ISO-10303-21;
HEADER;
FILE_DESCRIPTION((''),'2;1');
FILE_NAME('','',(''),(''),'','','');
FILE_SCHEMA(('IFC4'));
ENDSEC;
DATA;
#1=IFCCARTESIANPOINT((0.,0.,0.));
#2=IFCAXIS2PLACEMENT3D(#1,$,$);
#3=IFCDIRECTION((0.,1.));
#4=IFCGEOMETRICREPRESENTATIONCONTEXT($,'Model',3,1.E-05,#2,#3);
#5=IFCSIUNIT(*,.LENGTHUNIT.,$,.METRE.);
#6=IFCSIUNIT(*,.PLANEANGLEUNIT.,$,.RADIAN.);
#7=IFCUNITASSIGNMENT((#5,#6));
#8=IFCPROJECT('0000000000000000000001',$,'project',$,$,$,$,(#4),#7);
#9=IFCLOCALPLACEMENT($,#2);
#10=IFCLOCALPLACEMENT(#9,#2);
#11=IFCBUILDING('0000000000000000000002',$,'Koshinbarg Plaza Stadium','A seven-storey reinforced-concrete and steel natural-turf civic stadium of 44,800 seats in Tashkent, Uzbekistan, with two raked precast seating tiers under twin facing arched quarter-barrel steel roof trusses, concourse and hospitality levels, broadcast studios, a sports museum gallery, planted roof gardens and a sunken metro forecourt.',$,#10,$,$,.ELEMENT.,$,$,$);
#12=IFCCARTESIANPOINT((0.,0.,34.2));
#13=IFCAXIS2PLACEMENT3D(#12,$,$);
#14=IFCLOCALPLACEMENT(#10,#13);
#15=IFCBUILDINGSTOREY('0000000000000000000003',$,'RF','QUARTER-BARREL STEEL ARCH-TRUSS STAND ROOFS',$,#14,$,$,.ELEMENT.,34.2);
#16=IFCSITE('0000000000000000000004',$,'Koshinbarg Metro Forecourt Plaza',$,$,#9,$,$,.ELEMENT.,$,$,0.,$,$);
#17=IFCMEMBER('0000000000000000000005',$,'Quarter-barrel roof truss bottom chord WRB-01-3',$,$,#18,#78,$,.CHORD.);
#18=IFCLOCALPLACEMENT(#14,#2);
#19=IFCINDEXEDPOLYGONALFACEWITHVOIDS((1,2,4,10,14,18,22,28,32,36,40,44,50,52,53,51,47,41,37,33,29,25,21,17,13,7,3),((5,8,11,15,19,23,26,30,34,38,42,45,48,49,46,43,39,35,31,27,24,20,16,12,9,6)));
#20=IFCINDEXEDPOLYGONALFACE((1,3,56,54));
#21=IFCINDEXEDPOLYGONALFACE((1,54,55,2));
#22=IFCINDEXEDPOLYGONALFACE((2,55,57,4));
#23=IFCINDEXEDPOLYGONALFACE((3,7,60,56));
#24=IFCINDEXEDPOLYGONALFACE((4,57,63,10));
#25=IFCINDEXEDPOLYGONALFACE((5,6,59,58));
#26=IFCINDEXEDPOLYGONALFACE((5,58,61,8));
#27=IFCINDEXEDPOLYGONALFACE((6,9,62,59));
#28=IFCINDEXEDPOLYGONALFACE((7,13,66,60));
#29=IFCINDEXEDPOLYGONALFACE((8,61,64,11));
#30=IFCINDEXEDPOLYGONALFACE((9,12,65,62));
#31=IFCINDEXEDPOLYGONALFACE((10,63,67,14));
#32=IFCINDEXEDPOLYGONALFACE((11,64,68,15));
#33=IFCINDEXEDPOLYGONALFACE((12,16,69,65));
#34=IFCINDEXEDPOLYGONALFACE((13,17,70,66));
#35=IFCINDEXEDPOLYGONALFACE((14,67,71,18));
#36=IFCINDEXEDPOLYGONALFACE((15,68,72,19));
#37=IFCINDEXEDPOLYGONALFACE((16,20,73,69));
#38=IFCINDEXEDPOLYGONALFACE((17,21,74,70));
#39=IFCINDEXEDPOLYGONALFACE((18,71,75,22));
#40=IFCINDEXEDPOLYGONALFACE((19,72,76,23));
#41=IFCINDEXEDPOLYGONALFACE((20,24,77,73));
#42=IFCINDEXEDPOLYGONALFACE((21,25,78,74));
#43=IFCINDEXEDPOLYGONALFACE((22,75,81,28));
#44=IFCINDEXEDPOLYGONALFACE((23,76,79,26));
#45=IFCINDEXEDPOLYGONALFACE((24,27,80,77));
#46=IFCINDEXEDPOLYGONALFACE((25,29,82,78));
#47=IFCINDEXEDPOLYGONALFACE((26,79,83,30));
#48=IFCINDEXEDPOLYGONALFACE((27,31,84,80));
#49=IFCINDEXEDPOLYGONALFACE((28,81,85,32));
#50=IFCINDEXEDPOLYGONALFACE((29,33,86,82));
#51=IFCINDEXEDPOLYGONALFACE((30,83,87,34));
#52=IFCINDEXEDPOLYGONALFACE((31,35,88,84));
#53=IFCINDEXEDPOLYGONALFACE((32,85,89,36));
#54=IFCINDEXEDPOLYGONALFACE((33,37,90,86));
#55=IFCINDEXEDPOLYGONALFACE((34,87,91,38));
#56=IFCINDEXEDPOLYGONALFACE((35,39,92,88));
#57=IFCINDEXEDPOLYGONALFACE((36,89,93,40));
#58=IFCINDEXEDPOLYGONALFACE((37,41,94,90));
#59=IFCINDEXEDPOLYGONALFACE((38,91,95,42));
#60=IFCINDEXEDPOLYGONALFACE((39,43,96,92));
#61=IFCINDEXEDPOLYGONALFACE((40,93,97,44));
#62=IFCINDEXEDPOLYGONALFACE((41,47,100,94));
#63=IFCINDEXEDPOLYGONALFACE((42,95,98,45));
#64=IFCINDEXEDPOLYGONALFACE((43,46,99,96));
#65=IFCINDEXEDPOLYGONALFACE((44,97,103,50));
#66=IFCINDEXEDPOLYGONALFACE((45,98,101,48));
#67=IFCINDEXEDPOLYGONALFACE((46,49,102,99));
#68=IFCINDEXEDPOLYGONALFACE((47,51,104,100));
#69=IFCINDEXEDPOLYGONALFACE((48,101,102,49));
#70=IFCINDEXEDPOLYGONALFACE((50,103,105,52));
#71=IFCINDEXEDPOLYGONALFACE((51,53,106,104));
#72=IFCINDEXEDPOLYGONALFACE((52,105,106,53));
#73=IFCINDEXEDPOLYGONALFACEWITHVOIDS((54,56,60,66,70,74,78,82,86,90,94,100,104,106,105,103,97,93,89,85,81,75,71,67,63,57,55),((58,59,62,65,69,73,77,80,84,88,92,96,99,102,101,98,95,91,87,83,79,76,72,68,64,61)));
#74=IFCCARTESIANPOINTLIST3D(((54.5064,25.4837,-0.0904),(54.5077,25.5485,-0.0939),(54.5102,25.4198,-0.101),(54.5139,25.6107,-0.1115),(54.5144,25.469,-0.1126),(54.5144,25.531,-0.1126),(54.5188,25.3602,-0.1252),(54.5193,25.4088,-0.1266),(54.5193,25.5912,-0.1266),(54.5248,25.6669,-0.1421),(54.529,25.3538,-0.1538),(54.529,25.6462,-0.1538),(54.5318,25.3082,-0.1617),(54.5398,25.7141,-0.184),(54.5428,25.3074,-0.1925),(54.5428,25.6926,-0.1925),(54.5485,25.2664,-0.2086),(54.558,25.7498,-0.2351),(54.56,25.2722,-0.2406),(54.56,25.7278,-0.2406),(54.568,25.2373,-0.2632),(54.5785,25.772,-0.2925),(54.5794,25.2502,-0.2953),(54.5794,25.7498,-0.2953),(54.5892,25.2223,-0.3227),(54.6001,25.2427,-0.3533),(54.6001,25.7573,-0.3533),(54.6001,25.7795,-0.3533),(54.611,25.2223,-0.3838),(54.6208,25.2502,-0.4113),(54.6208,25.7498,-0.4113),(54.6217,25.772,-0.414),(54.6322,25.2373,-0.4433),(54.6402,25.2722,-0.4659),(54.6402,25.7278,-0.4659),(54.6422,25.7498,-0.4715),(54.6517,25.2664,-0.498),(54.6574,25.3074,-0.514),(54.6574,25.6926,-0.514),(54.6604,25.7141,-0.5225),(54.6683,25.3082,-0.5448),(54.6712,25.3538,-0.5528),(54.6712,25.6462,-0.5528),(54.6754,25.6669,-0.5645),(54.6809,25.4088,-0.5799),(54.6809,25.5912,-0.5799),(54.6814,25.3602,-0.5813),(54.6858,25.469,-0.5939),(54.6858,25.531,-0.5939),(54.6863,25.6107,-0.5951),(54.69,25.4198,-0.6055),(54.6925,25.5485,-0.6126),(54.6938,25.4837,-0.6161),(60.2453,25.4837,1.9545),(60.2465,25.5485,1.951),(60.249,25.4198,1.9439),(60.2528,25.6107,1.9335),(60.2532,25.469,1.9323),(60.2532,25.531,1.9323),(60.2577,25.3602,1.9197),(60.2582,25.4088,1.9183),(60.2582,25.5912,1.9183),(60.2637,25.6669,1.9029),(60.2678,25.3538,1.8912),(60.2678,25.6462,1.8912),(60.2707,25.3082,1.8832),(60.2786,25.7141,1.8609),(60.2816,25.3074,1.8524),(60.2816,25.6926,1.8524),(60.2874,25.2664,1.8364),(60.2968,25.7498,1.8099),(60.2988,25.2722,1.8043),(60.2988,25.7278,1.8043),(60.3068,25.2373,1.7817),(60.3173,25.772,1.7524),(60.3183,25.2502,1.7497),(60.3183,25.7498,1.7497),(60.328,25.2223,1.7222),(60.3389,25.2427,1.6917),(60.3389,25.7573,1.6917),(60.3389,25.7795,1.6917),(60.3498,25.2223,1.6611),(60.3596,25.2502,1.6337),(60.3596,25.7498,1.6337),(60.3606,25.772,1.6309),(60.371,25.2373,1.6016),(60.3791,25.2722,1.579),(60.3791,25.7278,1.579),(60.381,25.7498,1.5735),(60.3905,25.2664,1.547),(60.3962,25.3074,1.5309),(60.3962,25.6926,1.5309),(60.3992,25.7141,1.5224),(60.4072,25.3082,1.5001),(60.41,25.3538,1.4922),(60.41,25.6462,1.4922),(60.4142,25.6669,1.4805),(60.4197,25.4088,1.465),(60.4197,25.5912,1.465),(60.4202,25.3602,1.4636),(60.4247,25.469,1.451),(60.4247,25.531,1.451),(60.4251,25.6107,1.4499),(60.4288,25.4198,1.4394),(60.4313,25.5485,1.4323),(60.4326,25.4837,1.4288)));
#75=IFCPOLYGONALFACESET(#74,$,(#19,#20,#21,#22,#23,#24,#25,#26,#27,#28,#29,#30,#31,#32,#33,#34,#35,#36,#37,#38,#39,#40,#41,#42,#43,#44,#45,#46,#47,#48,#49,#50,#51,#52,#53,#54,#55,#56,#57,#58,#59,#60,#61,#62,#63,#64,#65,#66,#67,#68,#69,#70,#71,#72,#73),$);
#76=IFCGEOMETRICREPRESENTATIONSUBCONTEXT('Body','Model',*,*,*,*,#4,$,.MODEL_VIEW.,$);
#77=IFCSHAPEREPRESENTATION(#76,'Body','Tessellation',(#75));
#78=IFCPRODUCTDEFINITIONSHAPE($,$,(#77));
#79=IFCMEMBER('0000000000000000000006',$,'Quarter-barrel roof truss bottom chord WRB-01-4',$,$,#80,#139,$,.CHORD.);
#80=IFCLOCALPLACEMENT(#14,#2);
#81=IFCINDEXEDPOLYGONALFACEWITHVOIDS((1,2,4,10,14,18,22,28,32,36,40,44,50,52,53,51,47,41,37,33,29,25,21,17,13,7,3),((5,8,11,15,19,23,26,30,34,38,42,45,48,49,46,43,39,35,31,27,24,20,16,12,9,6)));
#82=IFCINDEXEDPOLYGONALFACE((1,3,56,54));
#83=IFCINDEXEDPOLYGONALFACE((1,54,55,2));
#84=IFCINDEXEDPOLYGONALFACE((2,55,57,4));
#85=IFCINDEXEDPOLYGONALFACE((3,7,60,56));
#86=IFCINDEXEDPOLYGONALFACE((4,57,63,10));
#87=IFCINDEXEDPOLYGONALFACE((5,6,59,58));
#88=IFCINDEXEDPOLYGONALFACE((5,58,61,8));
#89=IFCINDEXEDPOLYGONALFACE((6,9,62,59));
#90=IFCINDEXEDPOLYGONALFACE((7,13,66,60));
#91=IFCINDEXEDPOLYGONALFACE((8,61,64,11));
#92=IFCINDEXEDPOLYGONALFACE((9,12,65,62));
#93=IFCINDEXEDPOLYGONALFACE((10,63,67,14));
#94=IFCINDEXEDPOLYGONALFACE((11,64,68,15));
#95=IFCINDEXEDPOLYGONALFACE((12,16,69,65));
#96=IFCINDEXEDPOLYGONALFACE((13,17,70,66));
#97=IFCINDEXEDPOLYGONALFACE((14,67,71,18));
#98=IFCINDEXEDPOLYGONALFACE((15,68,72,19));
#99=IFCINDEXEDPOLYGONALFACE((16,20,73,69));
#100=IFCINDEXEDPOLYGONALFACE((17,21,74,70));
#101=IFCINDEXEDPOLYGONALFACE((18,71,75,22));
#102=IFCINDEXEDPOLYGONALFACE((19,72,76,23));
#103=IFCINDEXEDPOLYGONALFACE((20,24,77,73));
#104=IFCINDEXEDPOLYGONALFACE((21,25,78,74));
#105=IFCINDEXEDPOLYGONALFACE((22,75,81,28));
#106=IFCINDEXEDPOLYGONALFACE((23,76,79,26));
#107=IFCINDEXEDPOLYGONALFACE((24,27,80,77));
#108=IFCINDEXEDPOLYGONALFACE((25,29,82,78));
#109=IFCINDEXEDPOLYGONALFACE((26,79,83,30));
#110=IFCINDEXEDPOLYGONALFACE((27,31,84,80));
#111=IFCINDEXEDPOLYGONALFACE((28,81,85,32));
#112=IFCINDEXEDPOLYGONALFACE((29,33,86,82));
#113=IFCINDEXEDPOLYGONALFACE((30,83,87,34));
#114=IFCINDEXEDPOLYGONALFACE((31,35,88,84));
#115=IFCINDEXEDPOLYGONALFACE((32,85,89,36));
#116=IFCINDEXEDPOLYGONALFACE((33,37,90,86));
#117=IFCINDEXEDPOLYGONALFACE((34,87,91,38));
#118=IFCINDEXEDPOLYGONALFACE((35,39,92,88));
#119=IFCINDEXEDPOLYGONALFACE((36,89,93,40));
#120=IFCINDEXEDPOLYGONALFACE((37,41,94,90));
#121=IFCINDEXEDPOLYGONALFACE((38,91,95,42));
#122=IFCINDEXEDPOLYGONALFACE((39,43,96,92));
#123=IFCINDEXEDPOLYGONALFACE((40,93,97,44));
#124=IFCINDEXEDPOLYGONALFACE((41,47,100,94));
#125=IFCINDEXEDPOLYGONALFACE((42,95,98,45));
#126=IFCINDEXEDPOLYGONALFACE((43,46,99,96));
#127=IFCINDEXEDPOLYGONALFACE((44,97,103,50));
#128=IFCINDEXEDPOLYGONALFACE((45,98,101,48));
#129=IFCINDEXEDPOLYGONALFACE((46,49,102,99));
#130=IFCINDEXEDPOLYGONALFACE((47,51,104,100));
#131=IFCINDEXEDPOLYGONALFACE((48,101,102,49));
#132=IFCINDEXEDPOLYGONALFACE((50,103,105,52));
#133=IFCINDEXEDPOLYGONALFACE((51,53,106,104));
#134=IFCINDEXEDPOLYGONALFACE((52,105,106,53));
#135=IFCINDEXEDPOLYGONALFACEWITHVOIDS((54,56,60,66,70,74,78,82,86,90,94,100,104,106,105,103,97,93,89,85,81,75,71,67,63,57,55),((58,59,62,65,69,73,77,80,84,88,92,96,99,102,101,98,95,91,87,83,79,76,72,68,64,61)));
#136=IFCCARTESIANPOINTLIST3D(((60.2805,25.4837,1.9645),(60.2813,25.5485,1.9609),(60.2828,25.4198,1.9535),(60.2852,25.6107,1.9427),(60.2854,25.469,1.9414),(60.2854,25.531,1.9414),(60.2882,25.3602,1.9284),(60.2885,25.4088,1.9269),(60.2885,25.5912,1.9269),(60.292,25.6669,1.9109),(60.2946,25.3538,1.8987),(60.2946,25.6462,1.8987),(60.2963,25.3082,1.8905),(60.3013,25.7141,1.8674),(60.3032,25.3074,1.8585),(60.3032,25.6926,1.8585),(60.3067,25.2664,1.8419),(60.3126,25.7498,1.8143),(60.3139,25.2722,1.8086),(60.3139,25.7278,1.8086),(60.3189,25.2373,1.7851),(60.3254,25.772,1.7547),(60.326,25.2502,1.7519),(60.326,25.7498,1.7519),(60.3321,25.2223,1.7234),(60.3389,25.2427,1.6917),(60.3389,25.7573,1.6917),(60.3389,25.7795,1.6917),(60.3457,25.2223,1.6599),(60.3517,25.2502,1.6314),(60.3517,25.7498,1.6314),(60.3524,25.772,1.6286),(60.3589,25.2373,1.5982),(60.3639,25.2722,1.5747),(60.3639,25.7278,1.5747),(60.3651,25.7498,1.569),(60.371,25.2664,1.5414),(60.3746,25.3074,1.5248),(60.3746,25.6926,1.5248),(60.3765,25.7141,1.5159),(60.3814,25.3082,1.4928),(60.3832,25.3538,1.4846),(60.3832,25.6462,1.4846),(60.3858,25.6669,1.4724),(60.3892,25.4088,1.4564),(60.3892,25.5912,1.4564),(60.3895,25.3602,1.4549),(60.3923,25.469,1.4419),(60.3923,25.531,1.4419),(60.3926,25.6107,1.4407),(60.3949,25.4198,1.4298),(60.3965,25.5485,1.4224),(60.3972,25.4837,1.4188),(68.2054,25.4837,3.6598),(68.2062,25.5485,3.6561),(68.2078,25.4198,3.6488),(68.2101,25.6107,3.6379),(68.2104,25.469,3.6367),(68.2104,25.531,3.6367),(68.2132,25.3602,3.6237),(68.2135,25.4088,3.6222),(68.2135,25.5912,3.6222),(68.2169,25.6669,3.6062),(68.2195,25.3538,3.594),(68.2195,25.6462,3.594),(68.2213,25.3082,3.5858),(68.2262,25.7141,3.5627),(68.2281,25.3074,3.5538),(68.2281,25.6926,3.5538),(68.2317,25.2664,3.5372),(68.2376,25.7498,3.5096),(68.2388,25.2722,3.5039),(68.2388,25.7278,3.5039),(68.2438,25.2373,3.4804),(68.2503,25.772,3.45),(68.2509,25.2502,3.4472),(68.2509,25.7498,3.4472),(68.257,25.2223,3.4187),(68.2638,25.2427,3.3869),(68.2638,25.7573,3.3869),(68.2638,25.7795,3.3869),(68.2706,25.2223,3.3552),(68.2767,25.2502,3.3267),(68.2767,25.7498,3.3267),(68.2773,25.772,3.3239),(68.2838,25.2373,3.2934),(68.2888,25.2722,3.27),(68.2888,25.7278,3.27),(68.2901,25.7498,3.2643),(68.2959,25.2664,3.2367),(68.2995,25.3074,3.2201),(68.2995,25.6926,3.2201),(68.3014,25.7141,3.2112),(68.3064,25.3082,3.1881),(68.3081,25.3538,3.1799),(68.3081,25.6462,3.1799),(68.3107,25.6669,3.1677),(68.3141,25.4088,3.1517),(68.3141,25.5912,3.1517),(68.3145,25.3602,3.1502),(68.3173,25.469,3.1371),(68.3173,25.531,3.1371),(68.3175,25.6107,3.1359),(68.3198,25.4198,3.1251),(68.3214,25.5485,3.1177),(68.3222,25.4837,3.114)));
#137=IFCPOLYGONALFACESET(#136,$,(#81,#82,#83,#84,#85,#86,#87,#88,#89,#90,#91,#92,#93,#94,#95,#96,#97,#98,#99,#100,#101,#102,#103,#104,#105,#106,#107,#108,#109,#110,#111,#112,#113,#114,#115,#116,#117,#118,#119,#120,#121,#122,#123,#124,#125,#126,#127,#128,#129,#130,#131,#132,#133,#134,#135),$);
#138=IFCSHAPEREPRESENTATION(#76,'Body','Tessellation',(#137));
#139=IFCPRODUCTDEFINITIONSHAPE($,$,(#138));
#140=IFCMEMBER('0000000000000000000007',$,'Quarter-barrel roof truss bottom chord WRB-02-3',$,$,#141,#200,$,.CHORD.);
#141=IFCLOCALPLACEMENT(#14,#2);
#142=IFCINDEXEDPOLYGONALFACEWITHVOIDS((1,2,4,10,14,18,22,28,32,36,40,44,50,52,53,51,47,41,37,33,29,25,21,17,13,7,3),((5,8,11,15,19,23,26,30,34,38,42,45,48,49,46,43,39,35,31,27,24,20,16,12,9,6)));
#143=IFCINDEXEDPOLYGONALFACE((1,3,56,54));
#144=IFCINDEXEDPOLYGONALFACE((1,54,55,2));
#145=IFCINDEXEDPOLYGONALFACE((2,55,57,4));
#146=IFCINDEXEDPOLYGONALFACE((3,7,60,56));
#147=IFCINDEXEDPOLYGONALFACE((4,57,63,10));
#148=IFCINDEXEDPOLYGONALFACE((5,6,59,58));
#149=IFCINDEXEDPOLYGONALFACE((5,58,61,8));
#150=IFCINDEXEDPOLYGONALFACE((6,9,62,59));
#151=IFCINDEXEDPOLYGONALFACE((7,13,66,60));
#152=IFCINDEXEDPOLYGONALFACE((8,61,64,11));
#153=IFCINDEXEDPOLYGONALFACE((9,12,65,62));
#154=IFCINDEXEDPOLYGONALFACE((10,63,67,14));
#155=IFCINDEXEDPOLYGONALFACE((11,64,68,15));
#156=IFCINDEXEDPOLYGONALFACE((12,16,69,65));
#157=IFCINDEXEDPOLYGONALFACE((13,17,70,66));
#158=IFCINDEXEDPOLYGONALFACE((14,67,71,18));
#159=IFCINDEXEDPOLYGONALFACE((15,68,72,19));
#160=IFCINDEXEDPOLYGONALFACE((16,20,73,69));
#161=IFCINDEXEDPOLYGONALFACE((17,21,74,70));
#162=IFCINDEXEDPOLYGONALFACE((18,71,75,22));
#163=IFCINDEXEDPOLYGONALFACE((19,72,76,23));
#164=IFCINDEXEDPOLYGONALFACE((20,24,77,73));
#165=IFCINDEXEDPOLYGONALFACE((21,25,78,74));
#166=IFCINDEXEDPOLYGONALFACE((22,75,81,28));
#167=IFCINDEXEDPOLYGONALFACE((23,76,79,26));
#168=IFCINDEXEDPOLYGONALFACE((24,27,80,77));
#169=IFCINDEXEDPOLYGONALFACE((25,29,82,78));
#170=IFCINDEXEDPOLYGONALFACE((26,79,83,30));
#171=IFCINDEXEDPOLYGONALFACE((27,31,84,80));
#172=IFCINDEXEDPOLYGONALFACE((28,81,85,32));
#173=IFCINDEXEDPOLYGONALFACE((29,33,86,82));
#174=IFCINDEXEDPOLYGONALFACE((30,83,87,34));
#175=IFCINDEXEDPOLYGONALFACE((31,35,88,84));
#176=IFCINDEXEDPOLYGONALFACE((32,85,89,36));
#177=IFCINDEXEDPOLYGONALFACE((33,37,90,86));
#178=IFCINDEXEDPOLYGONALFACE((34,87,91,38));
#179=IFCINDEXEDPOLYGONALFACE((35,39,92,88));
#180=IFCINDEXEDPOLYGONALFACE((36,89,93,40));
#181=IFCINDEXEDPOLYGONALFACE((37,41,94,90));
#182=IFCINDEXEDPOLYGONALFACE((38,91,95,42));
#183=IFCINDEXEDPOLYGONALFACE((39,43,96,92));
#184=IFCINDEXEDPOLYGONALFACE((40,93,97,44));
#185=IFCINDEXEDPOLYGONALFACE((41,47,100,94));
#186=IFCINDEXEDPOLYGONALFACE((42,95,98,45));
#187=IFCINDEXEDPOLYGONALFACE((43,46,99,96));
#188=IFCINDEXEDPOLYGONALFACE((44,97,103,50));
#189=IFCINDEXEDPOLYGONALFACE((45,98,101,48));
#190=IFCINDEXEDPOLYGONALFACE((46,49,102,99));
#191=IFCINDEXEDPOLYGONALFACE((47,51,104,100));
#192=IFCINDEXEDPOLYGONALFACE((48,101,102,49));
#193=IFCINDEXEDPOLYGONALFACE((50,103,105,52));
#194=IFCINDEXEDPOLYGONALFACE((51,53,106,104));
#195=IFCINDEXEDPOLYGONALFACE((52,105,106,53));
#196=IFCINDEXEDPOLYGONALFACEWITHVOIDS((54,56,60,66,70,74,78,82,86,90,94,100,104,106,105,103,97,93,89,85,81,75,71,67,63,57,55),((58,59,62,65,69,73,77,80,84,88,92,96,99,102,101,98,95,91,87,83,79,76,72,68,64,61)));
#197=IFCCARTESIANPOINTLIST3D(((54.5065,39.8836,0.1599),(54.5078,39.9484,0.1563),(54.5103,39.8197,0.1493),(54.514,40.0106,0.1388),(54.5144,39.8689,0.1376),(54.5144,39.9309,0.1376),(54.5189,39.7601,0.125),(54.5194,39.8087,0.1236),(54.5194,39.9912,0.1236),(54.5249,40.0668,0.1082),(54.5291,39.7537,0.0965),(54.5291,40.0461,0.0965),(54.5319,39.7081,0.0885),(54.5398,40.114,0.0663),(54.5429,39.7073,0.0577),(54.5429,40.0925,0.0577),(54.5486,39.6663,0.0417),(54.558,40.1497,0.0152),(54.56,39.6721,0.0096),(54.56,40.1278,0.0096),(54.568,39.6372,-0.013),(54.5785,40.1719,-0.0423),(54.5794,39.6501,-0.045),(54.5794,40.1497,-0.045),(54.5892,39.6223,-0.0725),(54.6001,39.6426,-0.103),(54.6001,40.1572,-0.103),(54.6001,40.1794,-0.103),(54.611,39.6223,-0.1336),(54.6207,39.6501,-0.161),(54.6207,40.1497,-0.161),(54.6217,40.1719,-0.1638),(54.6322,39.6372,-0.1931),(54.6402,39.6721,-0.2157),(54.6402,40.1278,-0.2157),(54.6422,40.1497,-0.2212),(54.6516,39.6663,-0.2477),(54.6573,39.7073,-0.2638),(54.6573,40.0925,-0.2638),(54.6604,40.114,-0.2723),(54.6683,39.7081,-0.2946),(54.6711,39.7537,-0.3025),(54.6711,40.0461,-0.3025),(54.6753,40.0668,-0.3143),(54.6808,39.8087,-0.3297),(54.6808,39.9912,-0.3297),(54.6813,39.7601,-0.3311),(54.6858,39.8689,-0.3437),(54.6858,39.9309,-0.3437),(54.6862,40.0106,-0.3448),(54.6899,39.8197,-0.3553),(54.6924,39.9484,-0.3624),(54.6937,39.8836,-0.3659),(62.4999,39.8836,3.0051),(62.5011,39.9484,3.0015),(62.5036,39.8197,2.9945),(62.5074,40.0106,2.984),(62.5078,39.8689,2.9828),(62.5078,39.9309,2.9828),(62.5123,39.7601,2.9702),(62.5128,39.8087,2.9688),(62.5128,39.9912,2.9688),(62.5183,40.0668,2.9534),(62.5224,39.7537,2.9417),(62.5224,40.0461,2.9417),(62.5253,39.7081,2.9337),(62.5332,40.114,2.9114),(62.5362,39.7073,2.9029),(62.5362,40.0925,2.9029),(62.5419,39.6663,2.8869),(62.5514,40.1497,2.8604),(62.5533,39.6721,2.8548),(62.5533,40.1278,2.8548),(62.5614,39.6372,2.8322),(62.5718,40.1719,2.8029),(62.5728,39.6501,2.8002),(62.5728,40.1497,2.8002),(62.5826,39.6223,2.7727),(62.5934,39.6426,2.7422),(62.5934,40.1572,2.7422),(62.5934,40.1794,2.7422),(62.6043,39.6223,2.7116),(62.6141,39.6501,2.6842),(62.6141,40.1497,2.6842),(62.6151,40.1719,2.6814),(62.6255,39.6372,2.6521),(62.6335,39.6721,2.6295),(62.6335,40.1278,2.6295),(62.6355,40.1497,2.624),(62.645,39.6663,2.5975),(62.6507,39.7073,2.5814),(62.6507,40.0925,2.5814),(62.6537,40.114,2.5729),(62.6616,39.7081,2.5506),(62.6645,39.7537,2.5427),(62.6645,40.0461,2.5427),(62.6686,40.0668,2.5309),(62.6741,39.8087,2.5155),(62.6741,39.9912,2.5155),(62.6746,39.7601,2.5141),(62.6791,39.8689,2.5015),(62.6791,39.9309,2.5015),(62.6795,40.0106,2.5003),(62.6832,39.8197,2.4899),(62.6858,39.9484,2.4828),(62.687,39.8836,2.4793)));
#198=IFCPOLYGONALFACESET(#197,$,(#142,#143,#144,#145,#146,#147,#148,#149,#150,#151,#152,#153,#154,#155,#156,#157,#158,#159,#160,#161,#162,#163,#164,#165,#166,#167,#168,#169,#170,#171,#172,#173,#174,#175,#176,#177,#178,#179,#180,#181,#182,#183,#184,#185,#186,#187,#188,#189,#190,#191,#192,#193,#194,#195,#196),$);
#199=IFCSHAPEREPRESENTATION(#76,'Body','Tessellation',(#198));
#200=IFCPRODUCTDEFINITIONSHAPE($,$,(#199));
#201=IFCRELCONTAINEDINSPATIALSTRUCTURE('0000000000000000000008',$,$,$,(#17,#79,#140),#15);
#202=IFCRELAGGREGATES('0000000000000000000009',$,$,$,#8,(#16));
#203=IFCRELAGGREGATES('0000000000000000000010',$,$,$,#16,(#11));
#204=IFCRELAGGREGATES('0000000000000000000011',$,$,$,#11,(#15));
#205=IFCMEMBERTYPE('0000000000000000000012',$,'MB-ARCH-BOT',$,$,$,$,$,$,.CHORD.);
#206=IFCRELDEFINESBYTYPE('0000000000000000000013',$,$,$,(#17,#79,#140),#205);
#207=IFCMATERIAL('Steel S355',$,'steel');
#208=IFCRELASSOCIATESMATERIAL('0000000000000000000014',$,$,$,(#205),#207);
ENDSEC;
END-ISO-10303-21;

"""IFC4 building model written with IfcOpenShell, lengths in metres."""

from ifc_helpers import new_model, si_unit, direction, frame, origin, origin_2d, place, context, subcontext, project, spatial, hollow_circle, extrude, material, material_profile, profile_set, type_object, element, save


model = new_model("IFC4")

# Units and contexts
model_context = context("Model", 3, precision=1e-05, world=origin(), true_north=direction((0.0, 1.0)))
body_context = subcontext(model_context, "Body", "Model", "MODEL_VIEW")
ifc_project = project(units=[si_unit("LENGTHUNIT", "METRE"), si_unit("PLANEANGLEUNIT", "RADIAN")], contexts=[model_context])

# Site, building, storey
site_placement = place(None, origin())
site = spatial("IfcSite", under=ifc_project, at=site_placement, Name="Koshinbarg Metro Forecourt Plaza", CompositionType="ELEMENT", RefElevation=0.0)
building_placement = place(site_placement, origin())
building = spatial("IfcBuilding", under=site, at=building_placement, Name="Koshinbarg Plaza Stadium", Description="A seven-storey reinforced-concrete and steel natural-turf civic stadium of 44,800 seats in Tashkent, Uzbekistan, with two raked precast seating tiers under twin facing arched quarter-barrel steel roof trusses, concourse and hospitality levels, broadcast studios, a sports museum gallery, planted roof gardens and a sunken metro forecourt.", CompositionType="ELEMENT")
storey_placement = place(building_placement, frame((0.0, 0.0, 34.2)))
storey = spatial("IfcBuildingStorey", under=building, at=storey_placement, Name="RF", Description="QUARTER-BARREL STEEL ARCH-TRUSS STAND ROOFS", CompositionType="ELEMENT", Elevation=34.2)

# Members
ifc_material_1 = material(Name="Steel S355", Category="steel")
ifc_material_profile_1 = material_profile(ifc_material_1, hollow_circle(Radius=0.2795, WallThickness=0.0222, at=origin_2d()), Name="CHS 559x22.2")
ifc_profile_set_1 = profile_set([ifc_material_profile_1], Name="Steel S355")
member_type_1 = type_object("IfcMemberType", Name="MB-ARCH-BOT", PredefinedType="CHORD", material=ifc_profile_set_1)
member_1_placement = place(storey_placement, frame((54.6001, 25.5, -0.3533), z_axis=(0.941983, 0.0, 0.335661), x_axis=(0.0, 1.0, 0.0)))
element("IfcMember", 1, at=member_1_placement, inside=storey, type_object=member_type_1, Name="Quarter-barrel roof truss bottom chord WRB-01-3", PredefinedType="CHORD", context=body_context, shape_type="SweptSolid", body=[
    extrude(hollow_circle(Radius=0.2795, WallThickness=0.0222, at=origin_2d()), origin(), (0.0, 0.0, 1.0), 6.0923),
])
member_2_placement = place(storey_placement, frame((60.3389, 25.5, 1.6917), z_axis=(0.977876, 0.0, 0.209186), x_axis=(0.0, 1.0, 0.0)))
element("IfcMember", 2, at=member_2_placement, inside=storey, type_object=member_type_1, Name="Quarter-barrel roof truss bottom chord WRB-01-4", PredefinedType="CHORD", context=body_context, shape_type="SweptSolid", body=[
    extrude(hollow_circle(Radius=0.2795, WallThickness=0.0222, at=origin_2d()), origin(), (0.0, 0.0, 1.0), 8.1042),
])
member_3_placement = place(storey_placement, frame((54.6001, 39.8999, -0.103), z_axis=(0.942099, 0.0, 0.335335), x_axis=(0.0, 1.0, 0.0)))
element("IfcMember", 3, at=member_3_placement, inside=storey, type_object=member_type_1, Name="Quarter-barrel roof truss bottom chord WRB-02-3", PredefinedType="CHORD", context=body_context, shape_type="SweptSolid", body=[
    extrude(hollow_circle(Radius=0.2795, WallThickness=0.0222, at=origin_2d()), origin(), (0.0, 0.0, 1.0), 8.4846),
])

save(model, "model.ifc")
